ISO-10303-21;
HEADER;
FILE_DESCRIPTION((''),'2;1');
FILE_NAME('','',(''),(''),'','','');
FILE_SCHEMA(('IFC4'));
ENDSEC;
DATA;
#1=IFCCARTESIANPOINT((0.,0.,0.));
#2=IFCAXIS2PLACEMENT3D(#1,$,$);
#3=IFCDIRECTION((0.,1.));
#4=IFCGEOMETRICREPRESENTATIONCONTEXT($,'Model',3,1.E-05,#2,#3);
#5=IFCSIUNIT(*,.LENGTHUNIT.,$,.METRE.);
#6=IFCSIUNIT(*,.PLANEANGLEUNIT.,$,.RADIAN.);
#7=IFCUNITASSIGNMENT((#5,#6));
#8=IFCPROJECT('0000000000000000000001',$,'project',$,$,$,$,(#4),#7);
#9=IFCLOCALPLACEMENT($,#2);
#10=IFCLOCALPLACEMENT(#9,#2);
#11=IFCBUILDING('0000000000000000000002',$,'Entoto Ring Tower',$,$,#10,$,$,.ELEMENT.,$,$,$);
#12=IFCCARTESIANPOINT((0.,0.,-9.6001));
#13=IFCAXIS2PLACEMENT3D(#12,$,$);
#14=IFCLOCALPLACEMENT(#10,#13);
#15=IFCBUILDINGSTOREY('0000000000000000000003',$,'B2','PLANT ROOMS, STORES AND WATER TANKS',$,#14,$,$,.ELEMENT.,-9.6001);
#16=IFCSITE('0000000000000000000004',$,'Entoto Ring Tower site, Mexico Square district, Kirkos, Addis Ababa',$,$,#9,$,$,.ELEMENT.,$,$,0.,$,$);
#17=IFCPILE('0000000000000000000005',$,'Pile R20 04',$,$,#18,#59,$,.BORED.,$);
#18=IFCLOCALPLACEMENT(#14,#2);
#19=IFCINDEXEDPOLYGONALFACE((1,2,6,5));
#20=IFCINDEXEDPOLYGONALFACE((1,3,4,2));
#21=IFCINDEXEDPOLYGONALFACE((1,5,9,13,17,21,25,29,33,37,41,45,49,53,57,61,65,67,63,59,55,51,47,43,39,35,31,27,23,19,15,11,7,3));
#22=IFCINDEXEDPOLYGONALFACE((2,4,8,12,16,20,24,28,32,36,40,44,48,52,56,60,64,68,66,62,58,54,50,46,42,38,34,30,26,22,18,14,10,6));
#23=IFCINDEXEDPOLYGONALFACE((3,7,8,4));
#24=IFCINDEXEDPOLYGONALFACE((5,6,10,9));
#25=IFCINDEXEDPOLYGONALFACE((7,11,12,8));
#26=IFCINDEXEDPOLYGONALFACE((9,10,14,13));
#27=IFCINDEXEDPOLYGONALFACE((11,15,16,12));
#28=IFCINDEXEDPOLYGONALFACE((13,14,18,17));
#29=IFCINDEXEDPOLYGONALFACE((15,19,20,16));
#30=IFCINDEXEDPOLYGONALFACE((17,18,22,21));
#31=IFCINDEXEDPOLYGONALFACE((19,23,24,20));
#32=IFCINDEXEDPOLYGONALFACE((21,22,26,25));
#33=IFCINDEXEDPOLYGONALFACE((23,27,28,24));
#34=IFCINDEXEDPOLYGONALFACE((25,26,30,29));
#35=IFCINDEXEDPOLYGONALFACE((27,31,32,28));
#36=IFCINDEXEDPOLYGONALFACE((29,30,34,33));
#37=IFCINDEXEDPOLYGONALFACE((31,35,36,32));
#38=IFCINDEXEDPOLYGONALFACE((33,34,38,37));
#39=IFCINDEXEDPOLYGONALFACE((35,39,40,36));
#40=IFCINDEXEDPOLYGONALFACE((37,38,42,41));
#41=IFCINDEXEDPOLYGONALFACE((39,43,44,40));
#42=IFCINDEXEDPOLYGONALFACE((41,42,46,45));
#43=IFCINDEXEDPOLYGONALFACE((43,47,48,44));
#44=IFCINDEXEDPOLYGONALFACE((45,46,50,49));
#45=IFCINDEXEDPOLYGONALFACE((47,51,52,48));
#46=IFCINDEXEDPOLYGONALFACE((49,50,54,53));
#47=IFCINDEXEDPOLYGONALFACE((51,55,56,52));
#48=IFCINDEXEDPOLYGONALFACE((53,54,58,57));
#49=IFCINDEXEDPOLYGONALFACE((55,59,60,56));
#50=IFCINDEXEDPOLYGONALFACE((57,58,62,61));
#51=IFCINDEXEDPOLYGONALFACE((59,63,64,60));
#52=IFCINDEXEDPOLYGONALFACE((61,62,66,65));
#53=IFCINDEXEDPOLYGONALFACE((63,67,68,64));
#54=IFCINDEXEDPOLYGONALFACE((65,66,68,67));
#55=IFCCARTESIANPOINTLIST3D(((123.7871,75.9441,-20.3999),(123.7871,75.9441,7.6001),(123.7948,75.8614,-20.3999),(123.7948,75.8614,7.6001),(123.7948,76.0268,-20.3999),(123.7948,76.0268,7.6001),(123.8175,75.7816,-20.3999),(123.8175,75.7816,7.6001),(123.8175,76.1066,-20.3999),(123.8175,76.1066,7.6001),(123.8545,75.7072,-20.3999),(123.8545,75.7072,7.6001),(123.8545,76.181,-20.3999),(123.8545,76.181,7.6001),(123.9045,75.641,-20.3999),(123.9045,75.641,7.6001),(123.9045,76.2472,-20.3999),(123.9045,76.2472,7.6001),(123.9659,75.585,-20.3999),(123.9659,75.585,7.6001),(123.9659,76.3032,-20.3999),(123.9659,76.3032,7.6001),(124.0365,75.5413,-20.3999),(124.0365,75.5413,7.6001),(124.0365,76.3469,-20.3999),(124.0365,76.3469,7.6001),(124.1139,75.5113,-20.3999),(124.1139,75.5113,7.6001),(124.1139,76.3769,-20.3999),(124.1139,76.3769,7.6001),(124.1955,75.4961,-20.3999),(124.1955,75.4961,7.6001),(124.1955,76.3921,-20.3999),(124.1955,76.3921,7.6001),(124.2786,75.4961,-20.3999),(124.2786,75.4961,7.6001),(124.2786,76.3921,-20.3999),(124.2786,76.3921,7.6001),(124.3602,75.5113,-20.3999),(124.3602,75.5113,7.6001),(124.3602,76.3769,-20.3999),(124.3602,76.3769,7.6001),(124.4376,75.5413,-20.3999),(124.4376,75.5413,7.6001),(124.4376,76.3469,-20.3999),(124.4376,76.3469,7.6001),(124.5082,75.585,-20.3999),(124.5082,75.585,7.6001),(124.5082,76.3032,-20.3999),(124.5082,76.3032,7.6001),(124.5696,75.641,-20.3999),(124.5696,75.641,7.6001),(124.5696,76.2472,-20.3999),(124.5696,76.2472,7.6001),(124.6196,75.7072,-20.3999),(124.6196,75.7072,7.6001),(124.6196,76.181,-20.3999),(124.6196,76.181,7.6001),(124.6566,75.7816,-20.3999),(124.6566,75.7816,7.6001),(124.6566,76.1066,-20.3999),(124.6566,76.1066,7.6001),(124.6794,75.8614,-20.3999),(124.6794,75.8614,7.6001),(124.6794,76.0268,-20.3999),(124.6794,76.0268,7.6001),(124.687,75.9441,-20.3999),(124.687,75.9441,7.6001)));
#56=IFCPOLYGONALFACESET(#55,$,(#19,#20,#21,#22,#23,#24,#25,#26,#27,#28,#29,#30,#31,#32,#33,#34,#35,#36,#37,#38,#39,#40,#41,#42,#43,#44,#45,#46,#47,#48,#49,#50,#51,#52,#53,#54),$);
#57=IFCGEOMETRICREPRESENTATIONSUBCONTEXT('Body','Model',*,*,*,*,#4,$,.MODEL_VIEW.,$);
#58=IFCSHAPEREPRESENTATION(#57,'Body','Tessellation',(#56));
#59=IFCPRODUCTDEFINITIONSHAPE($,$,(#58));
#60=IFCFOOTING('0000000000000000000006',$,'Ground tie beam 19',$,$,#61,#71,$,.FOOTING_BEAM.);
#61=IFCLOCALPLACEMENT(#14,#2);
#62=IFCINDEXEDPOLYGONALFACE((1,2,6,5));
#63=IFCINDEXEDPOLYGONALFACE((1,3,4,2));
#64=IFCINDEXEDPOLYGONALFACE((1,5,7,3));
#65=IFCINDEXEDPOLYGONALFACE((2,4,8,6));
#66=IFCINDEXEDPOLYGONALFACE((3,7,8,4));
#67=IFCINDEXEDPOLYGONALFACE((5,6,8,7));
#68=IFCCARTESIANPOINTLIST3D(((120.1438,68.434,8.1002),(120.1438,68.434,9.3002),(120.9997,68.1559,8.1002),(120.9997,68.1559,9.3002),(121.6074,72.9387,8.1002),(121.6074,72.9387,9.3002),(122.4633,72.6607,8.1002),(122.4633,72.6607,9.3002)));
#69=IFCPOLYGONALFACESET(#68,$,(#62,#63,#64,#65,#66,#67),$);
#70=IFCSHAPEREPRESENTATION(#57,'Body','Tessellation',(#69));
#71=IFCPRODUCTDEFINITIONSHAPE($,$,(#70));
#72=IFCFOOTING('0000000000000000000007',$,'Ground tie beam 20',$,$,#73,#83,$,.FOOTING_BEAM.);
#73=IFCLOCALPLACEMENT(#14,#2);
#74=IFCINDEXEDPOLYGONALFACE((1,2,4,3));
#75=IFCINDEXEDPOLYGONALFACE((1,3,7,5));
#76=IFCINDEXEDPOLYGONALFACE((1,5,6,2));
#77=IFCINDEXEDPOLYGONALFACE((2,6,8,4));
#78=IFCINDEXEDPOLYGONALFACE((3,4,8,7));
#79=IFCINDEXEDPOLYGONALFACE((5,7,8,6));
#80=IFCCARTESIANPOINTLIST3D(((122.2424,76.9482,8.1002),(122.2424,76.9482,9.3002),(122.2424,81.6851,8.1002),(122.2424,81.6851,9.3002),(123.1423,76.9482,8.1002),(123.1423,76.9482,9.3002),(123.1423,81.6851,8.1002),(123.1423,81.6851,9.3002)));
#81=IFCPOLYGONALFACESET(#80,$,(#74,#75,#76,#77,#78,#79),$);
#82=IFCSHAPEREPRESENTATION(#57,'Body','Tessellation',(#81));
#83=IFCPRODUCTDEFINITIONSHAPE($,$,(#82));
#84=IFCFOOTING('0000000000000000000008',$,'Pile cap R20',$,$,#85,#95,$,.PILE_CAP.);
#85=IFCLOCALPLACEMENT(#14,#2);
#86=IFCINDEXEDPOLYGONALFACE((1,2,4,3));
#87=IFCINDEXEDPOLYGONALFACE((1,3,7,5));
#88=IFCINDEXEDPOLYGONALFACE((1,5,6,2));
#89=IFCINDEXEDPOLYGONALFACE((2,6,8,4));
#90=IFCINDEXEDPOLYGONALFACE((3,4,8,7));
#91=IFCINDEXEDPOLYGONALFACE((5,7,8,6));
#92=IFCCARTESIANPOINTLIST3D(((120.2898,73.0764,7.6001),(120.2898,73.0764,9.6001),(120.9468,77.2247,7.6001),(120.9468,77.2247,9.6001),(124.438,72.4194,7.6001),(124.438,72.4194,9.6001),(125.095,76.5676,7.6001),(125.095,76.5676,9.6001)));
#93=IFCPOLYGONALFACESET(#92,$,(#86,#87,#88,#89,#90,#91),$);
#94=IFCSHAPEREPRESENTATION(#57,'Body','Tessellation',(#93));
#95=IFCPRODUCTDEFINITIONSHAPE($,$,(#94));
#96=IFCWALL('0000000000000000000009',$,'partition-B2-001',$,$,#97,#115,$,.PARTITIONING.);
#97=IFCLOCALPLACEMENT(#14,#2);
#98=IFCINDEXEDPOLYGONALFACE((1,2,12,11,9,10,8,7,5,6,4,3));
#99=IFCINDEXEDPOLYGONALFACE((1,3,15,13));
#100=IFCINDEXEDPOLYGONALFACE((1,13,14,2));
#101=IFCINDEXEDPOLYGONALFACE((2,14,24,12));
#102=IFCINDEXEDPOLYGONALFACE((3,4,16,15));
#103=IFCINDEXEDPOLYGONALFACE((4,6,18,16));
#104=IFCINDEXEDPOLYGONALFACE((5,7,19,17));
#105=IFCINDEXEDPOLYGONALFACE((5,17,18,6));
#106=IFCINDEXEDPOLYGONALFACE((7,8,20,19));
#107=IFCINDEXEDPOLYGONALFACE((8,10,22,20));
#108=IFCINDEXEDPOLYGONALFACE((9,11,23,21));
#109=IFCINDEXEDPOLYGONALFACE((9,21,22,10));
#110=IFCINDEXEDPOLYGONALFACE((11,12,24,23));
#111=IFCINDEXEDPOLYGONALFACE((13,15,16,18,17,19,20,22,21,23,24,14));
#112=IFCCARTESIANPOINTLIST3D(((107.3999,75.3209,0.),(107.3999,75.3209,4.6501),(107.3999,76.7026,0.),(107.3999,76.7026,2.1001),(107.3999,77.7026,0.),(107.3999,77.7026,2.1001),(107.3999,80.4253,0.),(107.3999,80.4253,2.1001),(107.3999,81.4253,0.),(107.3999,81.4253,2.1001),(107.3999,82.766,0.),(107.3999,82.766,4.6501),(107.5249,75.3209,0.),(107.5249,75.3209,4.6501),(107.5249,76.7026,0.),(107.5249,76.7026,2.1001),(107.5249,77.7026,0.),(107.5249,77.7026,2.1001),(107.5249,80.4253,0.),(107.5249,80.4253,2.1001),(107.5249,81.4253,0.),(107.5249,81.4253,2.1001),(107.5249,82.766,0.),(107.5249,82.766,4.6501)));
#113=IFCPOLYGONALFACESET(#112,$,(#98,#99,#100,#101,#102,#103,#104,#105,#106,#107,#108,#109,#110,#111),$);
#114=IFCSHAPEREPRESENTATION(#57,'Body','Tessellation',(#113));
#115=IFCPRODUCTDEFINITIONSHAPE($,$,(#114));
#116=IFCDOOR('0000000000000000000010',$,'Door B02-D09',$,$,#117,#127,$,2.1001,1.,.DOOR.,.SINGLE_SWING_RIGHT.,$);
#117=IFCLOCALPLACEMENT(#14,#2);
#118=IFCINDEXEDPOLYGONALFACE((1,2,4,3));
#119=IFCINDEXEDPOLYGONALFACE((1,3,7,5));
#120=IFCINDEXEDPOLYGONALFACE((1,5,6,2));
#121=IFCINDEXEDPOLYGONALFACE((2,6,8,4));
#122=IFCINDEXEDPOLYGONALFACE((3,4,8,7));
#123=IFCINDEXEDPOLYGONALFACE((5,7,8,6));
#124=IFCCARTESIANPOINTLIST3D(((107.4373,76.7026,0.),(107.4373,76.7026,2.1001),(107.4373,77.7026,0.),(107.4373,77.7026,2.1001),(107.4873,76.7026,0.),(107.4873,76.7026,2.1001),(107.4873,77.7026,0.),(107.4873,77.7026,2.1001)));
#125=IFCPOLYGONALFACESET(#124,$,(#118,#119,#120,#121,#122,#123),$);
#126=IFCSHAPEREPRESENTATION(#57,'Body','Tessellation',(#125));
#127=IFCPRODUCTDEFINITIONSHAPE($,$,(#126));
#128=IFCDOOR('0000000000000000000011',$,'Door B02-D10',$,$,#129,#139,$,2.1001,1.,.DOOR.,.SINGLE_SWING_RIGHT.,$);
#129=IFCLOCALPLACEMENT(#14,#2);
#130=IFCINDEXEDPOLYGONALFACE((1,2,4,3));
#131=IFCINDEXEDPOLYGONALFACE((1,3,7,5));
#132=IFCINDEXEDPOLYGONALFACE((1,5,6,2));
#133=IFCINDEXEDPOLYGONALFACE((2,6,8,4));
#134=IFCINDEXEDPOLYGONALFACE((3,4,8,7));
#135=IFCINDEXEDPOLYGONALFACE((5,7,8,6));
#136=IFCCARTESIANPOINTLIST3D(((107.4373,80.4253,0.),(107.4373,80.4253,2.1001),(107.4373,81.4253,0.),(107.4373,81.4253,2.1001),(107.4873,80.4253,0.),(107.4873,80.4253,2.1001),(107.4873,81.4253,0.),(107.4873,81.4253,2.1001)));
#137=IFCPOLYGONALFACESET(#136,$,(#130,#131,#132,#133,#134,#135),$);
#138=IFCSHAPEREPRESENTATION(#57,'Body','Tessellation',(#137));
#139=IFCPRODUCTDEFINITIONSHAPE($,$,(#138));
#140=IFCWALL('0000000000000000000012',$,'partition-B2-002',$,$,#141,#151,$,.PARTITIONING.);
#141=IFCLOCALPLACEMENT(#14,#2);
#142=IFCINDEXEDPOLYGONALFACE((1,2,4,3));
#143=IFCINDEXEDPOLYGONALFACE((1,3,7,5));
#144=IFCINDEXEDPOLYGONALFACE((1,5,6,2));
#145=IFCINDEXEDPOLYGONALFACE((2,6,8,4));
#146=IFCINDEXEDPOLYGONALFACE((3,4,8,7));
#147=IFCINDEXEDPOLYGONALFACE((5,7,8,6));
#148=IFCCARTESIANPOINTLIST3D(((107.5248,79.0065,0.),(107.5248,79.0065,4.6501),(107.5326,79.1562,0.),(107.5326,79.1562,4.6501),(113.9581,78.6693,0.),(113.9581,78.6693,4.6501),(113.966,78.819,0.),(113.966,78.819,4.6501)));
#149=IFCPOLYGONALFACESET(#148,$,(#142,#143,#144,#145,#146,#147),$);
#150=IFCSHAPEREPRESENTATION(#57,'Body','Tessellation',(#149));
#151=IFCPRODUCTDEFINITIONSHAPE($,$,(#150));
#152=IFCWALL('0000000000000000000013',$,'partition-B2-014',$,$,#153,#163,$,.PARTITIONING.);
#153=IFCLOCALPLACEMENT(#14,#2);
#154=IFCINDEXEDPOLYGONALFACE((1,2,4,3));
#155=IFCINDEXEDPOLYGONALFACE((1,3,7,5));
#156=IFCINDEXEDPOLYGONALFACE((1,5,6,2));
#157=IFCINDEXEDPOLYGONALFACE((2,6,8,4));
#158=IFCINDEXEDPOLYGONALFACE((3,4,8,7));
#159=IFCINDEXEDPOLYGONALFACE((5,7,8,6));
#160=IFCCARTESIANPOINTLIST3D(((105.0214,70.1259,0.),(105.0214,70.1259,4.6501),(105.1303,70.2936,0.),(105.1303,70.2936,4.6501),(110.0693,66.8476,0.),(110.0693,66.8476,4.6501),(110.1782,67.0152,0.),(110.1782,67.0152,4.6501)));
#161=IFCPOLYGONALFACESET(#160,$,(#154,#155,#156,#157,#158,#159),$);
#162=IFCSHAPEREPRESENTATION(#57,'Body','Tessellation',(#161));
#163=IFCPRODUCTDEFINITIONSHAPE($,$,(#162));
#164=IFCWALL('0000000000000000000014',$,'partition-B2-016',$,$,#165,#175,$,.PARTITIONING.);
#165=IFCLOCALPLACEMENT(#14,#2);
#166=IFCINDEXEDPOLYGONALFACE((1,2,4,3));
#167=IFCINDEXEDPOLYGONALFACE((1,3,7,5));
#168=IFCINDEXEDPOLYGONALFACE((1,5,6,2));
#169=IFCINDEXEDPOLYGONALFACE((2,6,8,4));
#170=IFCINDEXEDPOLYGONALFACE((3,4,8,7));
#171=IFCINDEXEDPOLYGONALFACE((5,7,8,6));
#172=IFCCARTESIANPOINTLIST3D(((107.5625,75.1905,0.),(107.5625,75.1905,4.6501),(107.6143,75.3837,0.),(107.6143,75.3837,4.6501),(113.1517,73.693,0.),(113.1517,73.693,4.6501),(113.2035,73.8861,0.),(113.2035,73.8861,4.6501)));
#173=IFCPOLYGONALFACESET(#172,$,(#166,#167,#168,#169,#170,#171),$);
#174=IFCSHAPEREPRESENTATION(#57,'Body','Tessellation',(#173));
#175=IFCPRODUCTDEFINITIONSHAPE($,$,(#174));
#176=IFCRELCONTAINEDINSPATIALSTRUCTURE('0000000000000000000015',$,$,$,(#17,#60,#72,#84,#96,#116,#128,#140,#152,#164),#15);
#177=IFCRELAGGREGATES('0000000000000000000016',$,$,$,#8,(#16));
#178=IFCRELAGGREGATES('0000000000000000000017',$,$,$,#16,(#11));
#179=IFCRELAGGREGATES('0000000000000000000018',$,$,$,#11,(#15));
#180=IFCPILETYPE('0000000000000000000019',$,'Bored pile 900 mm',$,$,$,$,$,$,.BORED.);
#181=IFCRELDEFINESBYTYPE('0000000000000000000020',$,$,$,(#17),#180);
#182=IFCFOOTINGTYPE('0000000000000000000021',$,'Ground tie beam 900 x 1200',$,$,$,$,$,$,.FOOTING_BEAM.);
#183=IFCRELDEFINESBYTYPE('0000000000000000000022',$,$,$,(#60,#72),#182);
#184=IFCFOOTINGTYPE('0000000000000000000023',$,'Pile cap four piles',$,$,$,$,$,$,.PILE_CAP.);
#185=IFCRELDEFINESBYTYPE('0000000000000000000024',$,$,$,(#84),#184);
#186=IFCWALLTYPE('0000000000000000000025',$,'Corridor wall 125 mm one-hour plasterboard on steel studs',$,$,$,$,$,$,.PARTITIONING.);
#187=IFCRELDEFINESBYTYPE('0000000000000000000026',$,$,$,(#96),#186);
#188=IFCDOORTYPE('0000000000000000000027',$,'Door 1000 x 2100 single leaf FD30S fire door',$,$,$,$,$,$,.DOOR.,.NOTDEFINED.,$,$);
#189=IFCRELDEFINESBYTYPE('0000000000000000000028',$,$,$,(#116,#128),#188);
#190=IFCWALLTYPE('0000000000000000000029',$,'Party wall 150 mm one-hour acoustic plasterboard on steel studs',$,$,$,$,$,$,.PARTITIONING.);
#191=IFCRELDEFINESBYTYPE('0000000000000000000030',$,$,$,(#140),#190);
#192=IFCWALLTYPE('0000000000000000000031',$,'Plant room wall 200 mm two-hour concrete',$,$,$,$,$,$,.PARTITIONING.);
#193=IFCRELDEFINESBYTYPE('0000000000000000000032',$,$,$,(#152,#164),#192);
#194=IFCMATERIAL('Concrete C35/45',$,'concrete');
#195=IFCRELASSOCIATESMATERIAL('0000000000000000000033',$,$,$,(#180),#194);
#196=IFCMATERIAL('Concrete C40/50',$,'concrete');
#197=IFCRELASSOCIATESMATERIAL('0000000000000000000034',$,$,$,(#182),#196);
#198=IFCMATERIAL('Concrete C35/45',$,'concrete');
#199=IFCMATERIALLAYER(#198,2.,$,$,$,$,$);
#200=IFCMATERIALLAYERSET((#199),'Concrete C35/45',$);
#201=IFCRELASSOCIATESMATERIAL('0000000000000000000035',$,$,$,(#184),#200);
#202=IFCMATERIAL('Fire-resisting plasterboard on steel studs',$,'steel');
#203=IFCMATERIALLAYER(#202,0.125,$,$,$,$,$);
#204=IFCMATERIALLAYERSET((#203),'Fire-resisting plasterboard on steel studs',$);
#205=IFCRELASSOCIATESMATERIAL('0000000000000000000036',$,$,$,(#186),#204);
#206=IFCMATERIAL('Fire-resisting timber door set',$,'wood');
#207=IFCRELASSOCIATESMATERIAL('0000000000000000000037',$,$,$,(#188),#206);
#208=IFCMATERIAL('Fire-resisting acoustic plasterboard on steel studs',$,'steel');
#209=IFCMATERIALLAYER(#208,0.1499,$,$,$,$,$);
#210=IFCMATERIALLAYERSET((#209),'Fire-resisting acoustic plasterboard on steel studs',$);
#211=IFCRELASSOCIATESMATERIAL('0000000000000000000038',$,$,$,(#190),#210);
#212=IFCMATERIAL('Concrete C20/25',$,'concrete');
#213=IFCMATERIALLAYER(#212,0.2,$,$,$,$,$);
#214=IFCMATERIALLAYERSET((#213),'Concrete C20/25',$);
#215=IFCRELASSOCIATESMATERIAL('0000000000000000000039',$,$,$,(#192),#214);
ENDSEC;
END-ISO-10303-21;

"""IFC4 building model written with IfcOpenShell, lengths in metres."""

from ifc_helpers import new_model, si_unit, direction, frame, frame_2d, origin, origin_2d, place, context, subcontext, project, spatial, rectangle, circle, extrude, material, layer, layer_set, material_profile, profile_set, type_object, element, fill, save


model = new_model("IFC4")

# Units and contexts
model_context = context("Model", 3, precision=1e-05, world=origin(), true_north=direction((0.0, 1.0)))
body_context = subcontext(model_context, "Body", "Model", "MODEL_VIEW")
ifc_project = project(units=[si_unit("LENGTHUNIT", "METRE"), si_unit("PLANEANGLEUNIT", "RADIAN")], contexts=[model_context])

# Site, building, storey
site_placement = place(None, origin())
site = spatial("IfcSite", under=ifc_project, at=site_placement, Name="Entoto Ring Tower site, Mexico Square district, Kirkos, Addis Ababa", CompositionType="ELEMENT", RefElevation=0.0)
building_placement = place(site_placement, origin())
building = spatial("IfcBuilding", under=site, at=building_placement, Name="Entoto Ring Tower", CompositionType="ELEMENT")
storey_placement = place(building_placement, frame((0.0, 0.0, -9.6001)))
storey = spatial("IfcBuildingStorey", under=building, at=storey_placement, Name="B2", Description="PLANT ROOMS, STORES AND WATER TANKS", CompositionType="ELEMENT", Elevation=-9.6001)

# Pile
ifc_material_1 = material(Name="Concrete C35/45", Category="concrete")
ifc_material_profile_1 = material_profile(ifc_material_1, circle(Radius=0.45, at=origin_2d()), Name="Bored pile 900 mm")
ifc_profile_set_1 = profile_set([ifc_material_profile_1], Name="Concrete C35/45")
pile_type_1 = type_object("IfcPileType", Name="Bored pile 900 mm", PredefinedType="BORED", material=ifc_profile_set_1)
for number, where, z_axis, x_axis, name in (
    (1, (124.2371, 75.9441, 7.6001), (0.0, 0.0, -1.0), (1.0, 0.0, 0.0), "Pile R20 04"),
):
    element("IfcPile", number, at=place(storey_placement, frame(where, z_axis=z_axis, x_axis=x_axis)), inside=storey, type_object=pile_type_1, Name=name, PredefinedType="BORED", context=body_context, shape_type="SweptSolid", body=[
        extrude(circle(Radius=0.45, at=origin_2d()), origin(), (0.0, 0.0, 1.0), 28.0),
    ])

# Footings
ifc_material_2 = material(Name="Concrete C40/50", Category="concrete")
ifc_material_profile_2 = material_profile(ifc_material_2, rectangle(XDim=0.8999, YDim=1.2, at=origin_2d()), Name="Ground tie beam 900 x 1200")
ifc_profile_set_2 = profile_set([ifc_material_profile_2], Name="Concrete C40/50")
footing_type_1 = type_object("IfcFootingType", Name="Ground tie beam 900 x 1200", PredefinedType="FOOTING_BEAM", material=ifc_profile_set_2)
footing_1_placement = place(storey_placement, frame((120.5718, 68.2949, 8.7002), z_axis=(0.308997, 0.951063, 0.0), x_axis=(-0.951063, 0.308997, 0.0)))
element("IfcFooting", 2, at=footing_1_placement, inside=storey, type_object=footing_type_1, Name="Ground tie beam 19", PredefinedType="FOOTING_BEAM", context=body_context, shape_type="SweptSolid", body=[
    extrude(rectangle(XDim=0.8999, YDim=1.2, at=origin_2d()), origin(), (0.0, 0.0, 1.0), 4.7366),
])
footing_2_placement = place(storey_placement, frame((122.6924, 76.9482, 8.7002), z_axis=(0.0, 1.0, 0.0), x_axis=(-1.0, 0.0, 0.0)))
element("IfcFooting", 3, at=footing_2_placement, inside=storey, type_object=footing_type_1, Name="Ground tie beam 20", PredefinedType="FOOTING_BEAM", context=body_context, shape_type="SweptSolid", body=[
    extrude(rectangle(XDim=0.8999, YDim=1.2, at=origin_2d()), origin(), (0.0, 0.0, 1.0), 4.7368),
])
ifc_material_3 = material(Name="Concrete C35/45", Category="concrete")
ifc_layer_1 = layer(ifc_material_3, 2.0)
ifc_layer_set_1 = layer_set([ifc_layer_1], Name="Concrete C35/45")
footing_type_2 = type_object("IfcFootingType", Name="Pile cap four piles", PredefinedType="PILE_CAP", material=ifc_layer_set_1)
footing_3_placement = place(storey_placement, frame((122.6924, 74.822, 7.6001), z_axis=(0.0, 0.0, 1.0), x_axis=(0.987688, -0.156434, 0.0)))
element("IfcFooting", 4, at=footing_3_placement, inside=storey, type_object=footing_type_2, Name="Pile cap R20", PredefinedType="PILE_CAP", context=body_context, shape_type="SweptSolid", body=[
    extrude(rectangle(XDim=4.2, YDim=4.2, at=origin_2d()), origin(), (0.0, 0.0, 1.0), 2.0),
])

# Wall, openings, doors
ifc_material_4 = material(Name="Fire-resisting plasterboard on steel studs", Category="steel")
ifc_layer_2 = layer(ifc_material_4, 0.125)
ifc_layer_set_2 = layer_set([ifc_layer_2], Name="Fire-resisting plasterboard on steel studs")
wall_type_1 = type_object("IfcWallType", Name="Corridor wall 125 mm one-hour plasterboard on steel studs", PredefinedType="PARTITIONING", material=ifc_layer_set_2)
wall_1_placement = place(storey_placement, frame((107.4624, 75.3208, 0.0), z_axis=(0.0, 0.0, 1.0), x_axis=(0.0, 1.0, 0.0)))
wall_1 = element("IfcWall", 5, at=wall_1_placement, inside=storey, type_object=wall_type_1, Name="partition-B2-001", PredefinedType="PARTITIONING", context=body_context, shape_type="SweptSolid", body=[
    extrude(rectangle(XDim=7.4451, YDim=0.125, at=frame_2d((3.7227, 0.0))), origin(), (0.0, 0.0, 1.0), 4.6501),
])
opening_1_placement = place(wall_1_placement, frame((1.3818, 0.0, 0.0)))
opening_1 = element("IfcOpeningElement", 6, at=opening_1_placement, cuts=wall_1, PredefinedType="OPENING", context=body_context, shape_type="SweptSolid", body=[
    extrude(rectangle(XDim=1.0, YDim=2.1001, at=frame_2d((0.5, 1.05))), frame((0.0, 0.0725, 0.0), z_axis=(0.0, -1.0, 0.0), x_axis=(1.0, 0.0, 0.0)), (0.0, 0.0, 1.0), 0.145),
])
opening_2_placement = place(wall_1_placement, frame((5.1045, 0.0, 0.0)))
opening_2 = element("IfcOpeningElement", 7, at=opening_2_placement, cuts=wall_1, PredefinedType="OPENING", context=body_context, shape_type="SweptSolid", body=[
    extrude(rectangle(XDim=1.0, YDim=2.1001, at=frame_2d((0.5, 1.05))), frame((0.0, 0.0725, 0.0), z_axis=(0.0, -1.0, 0.0), x_axis=(1.0, 0.0, 0.0)), (0.0, 0.0, 1.0), 0.145),
])
ifc_material_5 = material(Name="Fire-resisting timber door set", Category="wood")
door_type = type_object("IfcDoorType", Name="Door 1000 x 2100 single leaf FD30S fire door", OperationType="NOTDEFINED", PredefinedType="DOOR", material=ifc_material_5)
door_1_placement = place(opening_1_placement, frame((1.0, 0.0, 0.0), z_axis=(0.0, 0.0, 1.0), x_axis=(-1.0, 0.0, 0.0)))
door_1 = element("IfcDoor", 8, at=door_1_placement, inside=storey, type_object=door_type, Name="Door B02-D09", OperationType="SINGLE_SWING_RIGHT", OverallHeight=2.1001, OverallWidth=1.0, PredefinedType="DOOR", context=body_context, shape_type="SweptSolid", body=[
    extrude(rectangle(XDim=1.0, YDim=2.1001, at=frame_2d((0.5, 1.05))), frame((0.0, 0.0249, 0.0), z_axis=(0.0, -1.0, 0.0), x_axis=(1.0, 0.0, 0.0)), (0.0, 0.0, 1.0), 0.05),
])
fill(opening_1, door_1)
door_2_placement = place(opening_2_placement, frame((1.0, 0.0, 0.0), z_axis=(0.0, 0.0, 1.0), x_axis=(-1.0, 0.0, 0.0)))
door_2 = element("IfcDoor", 9, at=door_2_placement, inside=storey, type_object=door_type, Name="Door B02-D10", OperationType="SINGLE_SWING_RIGHT", OverallHeight=2.1001, OverallWidth=1.0, PredefinedType="DOOR", context=body_context, shape_type="SweptSolid", body=[
    extrude(rectangle(XDim=1.0, YDim=2.1001, at=frame_2d((0.5, 1.05))), frame((0.0, 0.0249, 0.0), z_axis=(0.0, -1.0, 0.0), x_axis=(1.0, 0.0, 0.0)), (0.0, 0.0, 1.0), 0.05),
])
fill(opening_2, door_2)

# Walls
ifc_material_6 = material(Name="Fire-resisting acoustic plasterboard on steel studs", Category="steel")
ifc_layer_3 = layer(ifc_material_6, 0.1499)
ifc_layer_set_3 = layer_set([ifc_layer_3], Name="Fire-resisting acoustic plasterboard on steel studs")
wall_type_2 = type_object("IfcWallType", Name="Party wall 150 mm one-hour acoustic plasterboard on steel studs", PredefinedType="PARTITIONING", material=ifc_layer_set_3)
wall_2_placement = place(storey_placement, frame((113.9622, 78.7441, 0.0), z_axis=(0.0, 0.0, 1.0), x_axis=(-0.99863, 0.052336, 0.0)))
element("IfcWall", 10, at=wall_2_placement, inside=storey, type_object=wall_type_2, Name="partition-B2-002", PredefinedType="PARTITIONING", context=body_context, shape_type="SweptSolid", body=[
    extrude(rectangle(XDim=6.4421, YDim=0.1499, at=frame_2d((3.2212, 0.0))), origin(), (0.0, 0.0, 1.0), 4.6501),
])
ifc_material_7 = material(Name="Concrete C20/25", Category="concrete")
ifc_layer_4 = layer(ifc_material_7, 0.2)
ifc_layer_set_4 = layer_set([ifc_layer_4], Name="Concrete C20/25")
wall_type_3 = type_object("IfcWallType", Name="Plant room wall 200 mm two-hour concrete", PredefinedType="PARTITIONING", material=ifc_layer_set_4)
wall_3_placement = place(storey_placement, frame((110.1238, 66.9314, 0.0), z_axis=(0.0, 0.0, 1.0), x_axis=(-0.838655, 0.544663, 0.0)))
element("IfcWall", 11, at=wall_3_placement, inside=storey, type_object=wall_type_3, Name="partition-B2-014", PredefinedType="PARTITIONING", context=body_context, shape_type="SweptSolid", body=[
    extrude(rectangle(XDim=6.019, YDim=0.2, at=frame_2d((3.0095, 0.0))), origin(), (0.0, 0.0, 1.0), 4.6501),
])
wall_4_placement = place(storey_placement, frame((113.1775, 73.7896, 0.0), z_axis=(0.0, 0.0, 1.0), x_axis=(-0.965928, 0.258813, 0.0)))
element("IfcWall", 12, at=wall_4_placement, inside=storey, type_object=wall_type_3, Name="partition-B2-016", PredefinedType="PARTITIONING", context=body_context, shape_type="SweptSolid", body=[
    extrude(rectangle(XDim=5.7864, YDim=0.2, at=frame_2d((2.8931, 0.0))), origin(), (0.0, 0.0, 1.0), 4.6501),
])

save(model, "model.ifc")
